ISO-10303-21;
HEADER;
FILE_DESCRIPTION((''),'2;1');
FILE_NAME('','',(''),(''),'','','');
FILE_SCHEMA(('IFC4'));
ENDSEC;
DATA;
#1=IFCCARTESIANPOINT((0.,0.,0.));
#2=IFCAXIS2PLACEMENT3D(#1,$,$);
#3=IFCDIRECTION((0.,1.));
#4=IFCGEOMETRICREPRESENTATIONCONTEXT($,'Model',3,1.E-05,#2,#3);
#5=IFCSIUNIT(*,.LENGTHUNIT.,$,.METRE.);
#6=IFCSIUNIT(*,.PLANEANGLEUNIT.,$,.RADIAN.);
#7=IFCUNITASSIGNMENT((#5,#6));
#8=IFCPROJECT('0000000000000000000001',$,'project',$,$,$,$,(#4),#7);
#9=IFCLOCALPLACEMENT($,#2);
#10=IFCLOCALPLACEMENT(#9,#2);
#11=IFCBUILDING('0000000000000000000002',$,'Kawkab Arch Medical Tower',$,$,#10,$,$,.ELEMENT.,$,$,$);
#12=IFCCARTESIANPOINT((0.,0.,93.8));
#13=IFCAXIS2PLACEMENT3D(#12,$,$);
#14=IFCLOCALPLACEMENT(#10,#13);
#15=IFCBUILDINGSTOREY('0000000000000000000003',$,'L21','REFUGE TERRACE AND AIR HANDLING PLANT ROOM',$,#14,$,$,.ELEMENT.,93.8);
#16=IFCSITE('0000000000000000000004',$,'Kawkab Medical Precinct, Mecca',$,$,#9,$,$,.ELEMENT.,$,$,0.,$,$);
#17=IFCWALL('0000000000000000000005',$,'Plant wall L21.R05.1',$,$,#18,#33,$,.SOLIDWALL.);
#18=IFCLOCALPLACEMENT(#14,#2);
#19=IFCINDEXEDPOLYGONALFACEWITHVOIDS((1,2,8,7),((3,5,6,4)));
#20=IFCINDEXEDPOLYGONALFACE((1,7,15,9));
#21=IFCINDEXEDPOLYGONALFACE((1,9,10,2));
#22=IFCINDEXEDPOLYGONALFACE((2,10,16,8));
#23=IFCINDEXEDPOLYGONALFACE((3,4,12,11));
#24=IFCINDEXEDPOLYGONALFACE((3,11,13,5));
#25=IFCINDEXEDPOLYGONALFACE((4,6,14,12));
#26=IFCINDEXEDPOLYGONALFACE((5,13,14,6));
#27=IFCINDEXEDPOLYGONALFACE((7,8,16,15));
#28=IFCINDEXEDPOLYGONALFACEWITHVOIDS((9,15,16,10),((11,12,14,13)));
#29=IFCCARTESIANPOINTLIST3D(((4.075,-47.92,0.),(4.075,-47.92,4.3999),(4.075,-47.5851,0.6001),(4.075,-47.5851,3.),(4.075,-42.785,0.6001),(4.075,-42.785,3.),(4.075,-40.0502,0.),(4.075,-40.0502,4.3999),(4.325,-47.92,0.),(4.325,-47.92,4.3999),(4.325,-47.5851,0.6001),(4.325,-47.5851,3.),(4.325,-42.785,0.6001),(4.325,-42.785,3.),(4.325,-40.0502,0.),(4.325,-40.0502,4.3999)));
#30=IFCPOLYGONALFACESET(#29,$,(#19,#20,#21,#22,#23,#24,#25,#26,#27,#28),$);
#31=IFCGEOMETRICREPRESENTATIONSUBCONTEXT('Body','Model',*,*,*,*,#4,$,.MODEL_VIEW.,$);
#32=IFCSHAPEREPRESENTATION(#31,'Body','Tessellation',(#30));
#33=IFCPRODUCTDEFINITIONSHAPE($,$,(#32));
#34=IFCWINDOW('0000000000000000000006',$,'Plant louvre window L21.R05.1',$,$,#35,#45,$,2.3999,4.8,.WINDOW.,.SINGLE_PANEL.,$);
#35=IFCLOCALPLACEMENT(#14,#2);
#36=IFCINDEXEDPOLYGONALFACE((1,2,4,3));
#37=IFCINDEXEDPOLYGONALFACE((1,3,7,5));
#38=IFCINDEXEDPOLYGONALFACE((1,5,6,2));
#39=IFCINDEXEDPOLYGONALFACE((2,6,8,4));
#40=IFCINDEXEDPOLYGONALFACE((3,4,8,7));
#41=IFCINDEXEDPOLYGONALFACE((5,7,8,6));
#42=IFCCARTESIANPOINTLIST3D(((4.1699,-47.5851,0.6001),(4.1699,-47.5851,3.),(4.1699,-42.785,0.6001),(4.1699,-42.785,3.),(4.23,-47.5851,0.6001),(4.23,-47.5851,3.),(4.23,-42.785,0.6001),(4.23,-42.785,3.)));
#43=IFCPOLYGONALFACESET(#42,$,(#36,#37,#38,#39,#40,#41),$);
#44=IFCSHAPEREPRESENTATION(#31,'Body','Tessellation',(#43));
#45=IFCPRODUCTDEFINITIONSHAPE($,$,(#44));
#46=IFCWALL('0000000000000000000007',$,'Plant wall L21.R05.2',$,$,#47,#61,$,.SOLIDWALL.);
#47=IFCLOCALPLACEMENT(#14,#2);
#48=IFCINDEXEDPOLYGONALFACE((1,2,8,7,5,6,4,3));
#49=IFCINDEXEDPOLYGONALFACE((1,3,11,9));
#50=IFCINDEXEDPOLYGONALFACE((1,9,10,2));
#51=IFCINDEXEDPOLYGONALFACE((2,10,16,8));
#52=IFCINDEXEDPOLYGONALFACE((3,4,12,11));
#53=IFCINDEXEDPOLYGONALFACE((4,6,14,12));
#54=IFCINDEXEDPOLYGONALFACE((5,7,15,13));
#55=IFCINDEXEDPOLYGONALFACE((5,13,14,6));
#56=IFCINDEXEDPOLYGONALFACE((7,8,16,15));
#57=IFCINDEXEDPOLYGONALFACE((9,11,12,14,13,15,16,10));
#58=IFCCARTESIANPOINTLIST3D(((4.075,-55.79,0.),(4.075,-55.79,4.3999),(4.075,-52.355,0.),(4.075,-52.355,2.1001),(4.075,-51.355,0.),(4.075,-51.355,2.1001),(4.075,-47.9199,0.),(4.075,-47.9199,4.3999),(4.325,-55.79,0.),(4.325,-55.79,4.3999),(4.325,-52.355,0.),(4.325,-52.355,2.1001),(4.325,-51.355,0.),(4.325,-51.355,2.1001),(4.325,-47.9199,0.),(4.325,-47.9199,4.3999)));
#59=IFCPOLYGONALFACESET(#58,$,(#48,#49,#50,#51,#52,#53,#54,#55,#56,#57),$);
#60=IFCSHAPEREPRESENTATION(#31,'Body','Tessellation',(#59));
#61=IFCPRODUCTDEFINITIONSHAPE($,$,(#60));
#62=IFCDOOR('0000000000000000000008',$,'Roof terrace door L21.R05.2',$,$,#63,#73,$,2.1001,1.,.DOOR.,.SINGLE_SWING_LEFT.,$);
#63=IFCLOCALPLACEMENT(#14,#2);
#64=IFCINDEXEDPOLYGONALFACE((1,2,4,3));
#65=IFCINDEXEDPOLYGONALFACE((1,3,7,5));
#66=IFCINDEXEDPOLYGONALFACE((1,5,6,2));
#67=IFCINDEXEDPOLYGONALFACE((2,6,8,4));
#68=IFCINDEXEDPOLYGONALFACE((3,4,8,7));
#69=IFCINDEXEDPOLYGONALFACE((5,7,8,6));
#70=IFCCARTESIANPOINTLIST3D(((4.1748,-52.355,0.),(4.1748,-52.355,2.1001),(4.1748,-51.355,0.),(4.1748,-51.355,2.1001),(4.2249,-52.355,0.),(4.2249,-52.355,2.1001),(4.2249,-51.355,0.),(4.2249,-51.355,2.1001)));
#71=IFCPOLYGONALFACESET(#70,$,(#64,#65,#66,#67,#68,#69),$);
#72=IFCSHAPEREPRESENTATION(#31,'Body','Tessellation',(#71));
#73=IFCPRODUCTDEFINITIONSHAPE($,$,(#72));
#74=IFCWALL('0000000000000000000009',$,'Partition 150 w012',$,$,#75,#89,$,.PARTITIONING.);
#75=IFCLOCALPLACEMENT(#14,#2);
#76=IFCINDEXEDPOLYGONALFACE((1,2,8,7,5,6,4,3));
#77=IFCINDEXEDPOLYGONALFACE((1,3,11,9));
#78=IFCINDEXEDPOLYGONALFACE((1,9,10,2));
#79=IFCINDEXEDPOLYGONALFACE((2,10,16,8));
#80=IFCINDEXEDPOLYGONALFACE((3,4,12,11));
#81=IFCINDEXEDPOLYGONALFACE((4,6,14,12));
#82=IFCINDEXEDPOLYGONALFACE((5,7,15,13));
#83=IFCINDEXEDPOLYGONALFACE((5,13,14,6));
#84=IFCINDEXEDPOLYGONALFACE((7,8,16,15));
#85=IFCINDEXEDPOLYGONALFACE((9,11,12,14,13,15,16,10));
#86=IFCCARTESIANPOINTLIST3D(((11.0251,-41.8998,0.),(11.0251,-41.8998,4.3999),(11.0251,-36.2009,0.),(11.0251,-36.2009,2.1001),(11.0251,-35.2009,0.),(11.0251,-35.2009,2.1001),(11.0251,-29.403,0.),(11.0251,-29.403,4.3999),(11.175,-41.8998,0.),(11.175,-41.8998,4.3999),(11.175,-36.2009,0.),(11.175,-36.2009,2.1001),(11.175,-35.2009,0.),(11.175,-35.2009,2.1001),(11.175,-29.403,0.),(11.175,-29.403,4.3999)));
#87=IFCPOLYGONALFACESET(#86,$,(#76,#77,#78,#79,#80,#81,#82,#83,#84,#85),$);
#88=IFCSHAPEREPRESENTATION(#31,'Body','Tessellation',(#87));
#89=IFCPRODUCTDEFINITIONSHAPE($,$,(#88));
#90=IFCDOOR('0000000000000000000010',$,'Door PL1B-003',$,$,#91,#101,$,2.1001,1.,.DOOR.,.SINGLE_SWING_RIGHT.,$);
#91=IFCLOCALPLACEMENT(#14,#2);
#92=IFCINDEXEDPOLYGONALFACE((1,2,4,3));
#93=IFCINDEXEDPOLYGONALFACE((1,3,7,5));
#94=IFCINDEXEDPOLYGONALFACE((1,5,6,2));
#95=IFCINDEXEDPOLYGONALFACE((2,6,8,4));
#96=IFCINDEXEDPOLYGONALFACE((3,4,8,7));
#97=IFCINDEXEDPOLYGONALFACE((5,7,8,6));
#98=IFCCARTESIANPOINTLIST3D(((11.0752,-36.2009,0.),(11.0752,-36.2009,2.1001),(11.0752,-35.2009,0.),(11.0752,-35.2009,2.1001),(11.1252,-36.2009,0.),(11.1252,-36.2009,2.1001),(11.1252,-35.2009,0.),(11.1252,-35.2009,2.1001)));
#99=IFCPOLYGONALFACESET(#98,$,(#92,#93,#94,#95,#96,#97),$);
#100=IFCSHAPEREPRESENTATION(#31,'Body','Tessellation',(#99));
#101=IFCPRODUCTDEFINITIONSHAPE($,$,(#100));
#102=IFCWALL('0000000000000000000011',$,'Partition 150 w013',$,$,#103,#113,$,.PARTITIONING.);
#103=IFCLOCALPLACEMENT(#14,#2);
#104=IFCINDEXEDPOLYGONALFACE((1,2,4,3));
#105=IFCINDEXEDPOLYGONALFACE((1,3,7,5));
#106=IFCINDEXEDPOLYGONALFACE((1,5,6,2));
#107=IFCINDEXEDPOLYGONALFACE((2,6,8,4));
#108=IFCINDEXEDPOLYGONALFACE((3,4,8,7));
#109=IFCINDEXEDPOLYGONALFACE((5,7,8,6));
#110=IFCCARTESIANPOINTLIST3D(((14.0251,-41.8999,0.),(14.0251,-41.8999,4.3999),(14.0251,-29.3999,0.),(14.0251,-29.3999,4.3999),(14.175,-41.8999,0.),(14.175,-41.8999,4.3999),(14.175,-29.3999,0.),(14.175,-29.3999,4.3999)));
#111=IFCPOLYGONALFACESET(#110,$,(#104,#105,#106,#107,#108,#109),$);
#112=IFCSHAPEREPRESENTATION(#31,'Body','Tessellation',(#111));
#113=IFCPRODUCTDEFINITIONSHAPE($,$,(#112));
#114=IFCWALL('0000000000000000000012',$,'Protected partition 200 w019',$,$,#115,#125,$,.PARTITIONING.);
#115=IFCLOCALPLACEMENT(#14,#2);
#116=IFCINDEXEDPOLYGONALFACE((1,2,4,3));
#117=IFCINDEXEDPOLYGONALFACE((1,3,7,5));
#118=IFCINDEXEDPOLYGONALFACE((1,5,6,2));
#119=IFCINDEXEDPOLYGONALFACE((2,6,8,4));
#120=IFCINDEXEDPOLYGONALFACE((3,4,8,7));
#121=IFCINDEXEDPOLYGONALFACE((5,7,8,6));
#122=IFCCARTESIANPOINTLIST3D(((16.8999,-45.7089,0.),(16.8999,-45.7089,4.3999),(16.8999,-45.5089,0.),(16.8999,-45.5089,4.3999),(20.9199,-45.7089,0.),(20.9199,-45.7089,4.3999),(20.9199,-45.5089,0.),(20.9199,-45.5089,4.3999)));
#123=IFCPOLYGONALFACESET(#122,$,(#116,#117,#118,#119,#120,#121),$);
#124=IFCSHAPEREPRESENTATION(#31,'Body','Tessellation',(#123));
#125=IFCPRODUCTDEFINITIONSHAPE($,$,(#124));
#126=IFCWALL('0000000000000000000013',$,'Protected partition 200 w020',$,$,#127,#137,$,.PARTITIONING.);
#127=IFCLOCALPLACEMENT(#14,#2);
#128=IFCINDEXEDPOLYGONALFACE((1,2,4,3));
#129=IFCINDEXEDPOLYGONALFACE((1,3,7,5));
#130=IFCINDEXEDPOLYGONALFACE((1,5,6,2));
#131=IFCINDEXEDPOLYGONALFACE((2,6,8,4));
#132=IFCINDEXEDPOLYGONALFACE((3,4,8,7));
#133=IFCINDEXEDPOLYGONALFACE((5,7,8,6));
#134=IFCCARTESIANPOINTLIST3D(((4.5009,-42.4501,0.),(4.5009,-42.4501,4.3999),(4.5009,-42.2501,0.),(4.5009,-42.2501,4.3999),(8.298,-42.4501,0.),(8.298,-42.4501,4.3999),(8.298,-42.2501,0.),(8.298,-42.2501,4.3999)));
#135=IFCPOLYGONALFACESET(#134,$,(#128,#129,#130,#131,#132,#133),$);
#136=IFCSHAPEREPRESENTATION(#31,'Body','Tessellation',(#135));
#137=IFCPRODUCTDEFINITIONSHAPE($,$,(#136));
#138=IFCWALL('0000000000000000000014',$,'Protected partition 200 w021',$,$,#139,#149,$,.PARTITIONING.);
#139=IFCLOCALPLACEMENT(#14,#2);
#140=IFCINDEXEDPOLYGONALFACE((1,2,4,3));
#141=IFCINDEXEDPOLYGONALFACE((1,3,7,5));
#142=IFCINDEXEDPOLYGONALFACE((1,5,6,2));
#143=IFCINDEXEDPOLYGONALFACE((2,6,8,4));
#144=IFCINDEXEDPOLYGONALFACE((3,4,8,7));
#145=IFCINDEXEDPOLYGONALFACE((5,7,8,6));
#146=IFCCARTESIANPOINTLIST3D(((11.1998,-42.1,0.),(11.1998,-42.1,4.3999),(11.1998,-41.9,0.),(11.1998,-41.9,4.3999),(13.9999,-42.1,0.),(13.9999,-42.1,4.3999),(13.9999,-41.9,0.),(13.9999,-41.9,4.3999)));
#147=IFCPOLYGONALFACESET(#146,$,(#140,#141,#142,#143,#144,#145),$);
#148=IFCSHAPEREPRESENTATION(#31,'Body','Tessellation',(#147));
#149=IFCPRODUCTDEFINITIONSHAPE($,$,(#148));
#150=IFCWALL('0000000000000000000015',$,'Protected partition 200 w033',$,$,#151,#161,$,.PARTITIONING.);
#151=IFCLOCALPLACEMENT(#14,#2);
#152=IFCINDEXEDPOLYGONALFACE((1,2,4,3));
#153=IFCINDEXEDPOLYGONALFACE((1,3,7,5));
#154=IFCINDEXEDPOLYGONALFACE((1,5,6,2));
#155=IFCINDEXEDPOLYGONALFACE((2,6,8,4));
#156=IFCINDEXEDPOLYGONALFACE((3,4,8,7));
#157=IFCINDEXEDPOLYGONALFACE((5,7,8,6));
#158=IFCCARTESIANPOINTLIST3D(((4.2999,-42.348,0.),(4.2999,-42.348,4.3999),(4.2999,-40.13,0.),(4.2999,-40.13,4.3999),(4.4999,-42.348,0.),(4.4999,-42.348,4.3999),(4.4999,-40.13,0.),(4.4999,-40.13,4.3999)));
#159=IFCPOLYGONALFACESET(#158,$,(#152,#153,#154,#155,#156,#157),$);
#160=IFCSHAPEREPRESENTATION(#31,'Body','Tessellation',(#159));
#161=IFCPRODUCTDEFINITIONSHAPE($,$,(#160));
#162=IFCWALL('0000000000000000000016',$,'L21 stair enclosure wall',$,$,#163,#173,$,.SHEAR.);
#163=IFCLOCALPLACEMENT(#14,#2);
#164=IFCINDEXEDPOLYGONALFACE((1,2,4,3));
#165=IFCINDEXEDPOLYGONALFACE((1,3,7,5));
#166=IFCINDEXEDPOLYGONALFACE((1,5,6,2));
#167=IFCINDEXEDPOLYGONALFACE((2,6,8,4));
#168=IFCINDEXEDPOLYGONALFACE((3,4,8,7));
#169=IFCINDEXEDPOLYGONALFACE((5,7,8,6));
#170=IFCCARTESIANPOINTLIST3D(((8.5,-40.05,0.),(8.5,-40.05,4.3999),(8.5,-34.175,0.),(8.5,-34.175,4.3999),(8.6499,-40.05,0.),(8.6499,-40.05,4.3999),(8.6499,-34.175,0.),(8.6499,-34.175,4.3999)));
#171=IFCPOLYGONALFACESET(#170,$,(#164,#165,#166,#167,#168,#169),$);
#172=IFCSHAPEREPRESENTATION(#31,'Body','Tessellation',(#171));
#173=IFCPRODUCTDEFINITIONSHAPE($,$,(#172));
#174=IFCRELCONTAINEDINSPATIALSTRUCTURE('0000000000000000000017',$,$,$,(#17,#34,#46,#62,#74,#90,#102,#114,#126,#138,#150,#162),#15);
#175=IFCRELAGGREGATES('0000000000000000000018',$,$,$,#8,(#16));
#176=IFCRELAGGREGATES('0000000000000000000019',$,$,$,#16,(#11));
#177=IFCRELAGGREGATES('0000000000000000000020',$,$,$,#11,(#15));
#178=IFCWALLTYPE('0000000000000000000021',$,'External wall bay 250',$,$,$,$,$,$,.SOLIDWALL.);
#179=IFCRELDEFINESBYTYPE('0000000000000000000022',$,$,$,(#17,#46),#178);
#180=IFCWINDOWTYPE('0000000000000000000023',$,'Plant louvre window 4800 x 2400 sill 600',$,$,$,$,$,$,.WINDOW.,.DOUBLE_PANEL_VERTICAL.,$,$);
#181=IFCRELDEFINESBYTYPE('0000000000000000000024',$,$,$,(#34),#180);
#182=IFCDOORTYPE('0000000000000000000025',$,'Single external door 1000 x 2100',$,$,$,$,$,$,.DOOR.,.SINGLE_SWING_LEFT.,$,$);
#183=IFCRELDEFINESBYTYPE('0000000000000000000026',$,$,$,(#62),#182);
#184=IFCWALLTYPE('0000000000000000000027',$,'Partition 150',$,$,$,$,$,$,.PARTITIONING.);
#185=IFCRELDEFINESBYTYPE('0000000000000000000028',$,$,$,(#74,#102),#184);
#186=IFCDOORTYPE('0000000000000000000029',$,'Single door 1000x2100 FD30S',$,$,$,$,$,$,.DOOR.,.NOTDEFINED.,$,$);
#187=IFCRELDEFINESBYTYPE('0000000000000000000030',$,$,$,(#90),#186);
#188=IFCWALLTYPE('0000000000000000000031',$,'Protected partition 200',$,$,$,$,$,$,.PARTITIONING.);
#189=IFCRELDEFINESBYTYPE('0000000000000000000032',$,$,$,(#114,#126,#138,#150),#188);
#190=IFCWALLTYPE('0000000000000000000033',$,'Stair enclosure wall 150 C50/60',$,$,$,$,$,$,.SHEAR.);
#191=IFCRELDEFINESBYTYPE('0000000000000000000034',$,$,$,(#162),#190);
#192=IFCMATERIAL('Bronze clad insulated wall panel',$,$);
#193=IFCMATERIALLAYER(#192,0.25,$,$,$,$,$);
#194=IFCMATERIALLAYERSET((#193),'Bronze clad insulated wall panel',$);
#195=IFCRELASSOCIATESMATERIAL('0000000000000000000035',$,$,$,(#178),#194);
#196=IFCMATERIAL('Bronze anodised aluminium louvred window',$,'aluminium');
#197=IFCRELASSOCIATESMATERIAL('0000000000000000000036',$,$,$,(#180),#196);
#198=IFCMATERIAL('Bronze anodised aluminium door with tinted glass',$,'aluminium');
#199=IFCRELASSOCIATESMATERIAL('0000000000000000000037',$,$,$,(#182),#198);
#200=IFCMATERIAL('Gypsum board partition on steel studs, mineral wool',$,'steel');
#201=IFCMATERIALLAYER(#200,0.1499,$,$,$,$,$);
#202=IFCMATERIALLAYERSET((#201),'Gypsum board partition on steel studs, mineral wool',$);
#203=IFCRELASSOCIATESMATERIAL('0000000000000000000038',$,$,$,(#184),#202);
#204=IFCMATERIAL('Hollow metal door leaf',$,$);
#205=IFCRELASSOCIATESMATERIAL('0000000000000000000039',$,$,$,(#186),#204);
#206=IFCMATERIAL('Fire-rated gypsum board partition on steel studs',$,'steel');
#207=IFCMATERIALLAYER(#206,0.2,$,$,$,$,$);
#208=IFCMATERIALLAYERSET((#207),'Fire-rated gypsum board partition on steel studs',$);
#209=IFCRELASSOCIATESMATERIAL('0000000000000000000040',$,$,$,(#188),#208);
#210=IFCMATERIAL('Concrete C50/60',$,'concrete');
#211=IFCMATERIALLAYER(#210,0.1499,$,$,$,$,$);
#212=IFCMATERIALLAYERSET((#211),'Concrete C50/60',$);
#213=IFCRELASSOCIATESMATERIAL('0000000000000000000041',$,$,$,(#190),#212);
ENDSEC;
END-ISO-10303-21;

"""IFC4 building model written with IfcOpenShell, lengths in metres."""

from ifc_helpers import new_model, si_unit, direction, frame, frame_2d, origin, place, context, subcontext, project, spatial, rectangle, extrude, material, layer, layer_set, type_object, element, fill, save


model = new_model("IFC4")

# Units and contexts
model_context = context("Model", 3, precision=1e-05, world=origin(), true_north=direction((0.0, 1.0)))
body_context = subcontext(model_context, "Body", "Model", "MODEL_VIEW")
ifc_project = project(units=[si_unit("LENGTHUNIT", "METRE"), si_unit("PLANEANGLEUNIT", "RADIAN")], contexts=[model_context])

# Site, building, storey
site_placement = place(None, origin())
site = spatial("IfcSite", under=ifc_project, at=site_placement, Name="Kawkab Medical Precinct, Mecca", CompositionType="ELEMENT", RefElevation=0.0)
building_placement = place(site_placement, origin())
building = spatial("IfcBuilding", under=site, at=building_placement, Name="Kawkab Arch Medical Tower", CompositionType="ELEMENT")
storey_placement = place(building_placement, frame((0.0, 0.0, 93.8)))
storey = spatial("IfcBuildingStorey", under=building, at=storey_placement, Name="L21", Description="REFUGE TERRACE AND AIR HANDLING PLANT ROOM", CompositionType="ELEMENT", Elevation=93.8)

# Wall, opening, window
ifc_material_1 = material(Name="Bronze clad insulated wall panel")
ifc_layer_1 = layer(ifc_material_1, 0.25)
ifc_layer_set_1 = layer_set([ifc_layer_1], Name="Bronze clad insulated wall panel")
wall_type_1 = type_object("IfcWallType", Name="External wall bay 250", PredefinedType="SOLIDWALL", material=ifc_layer_set_1)
wall_1_placement = place(storey_placement, frame((4.2, -40.05, 0.0), z_axis=(0.0, 0.0, 1.0), x_axis=(0.0, -1.0, 0.0)))
wall_1 = element("IfcWall", 1, at=wall_1_placement, inside=storey, type_object=wall_type_1, Name="Plant wall L21.R05.1", PredefinedType="SOLIDWALL", context=body_context, shape_type="SweptSolid", body=[
    extrude(rectangle(XDim=7.8699, YDim=0.25, at=frame_2d((3.9351, 0.0))), origin(), (0.0, 0.0, 1.0), 4.3999),
])
opening_1_placement = place(wall_1_placement, frame((2.7351, 0.0, 0.6001)))
opening_1 = element("IfcOpeningElement", 2, at=opening_1_placement, cuts=wall_1, PredefinedType="OPENING", context=body_context, shape_type="SweptSolid", body=[
    extrude(rectangle(XDim=4.8, YDim=2.3999, at=frame_2d((2.3999, 1.2))), frame((0.0, 0.135, 0.0), z_axis=(0.0, -1.0, 0.0), x_axis=(1.0, 0.0, 0.0)), (0.0, 0.0, 1.0), 0.27),
])
ifc_material_2 = material(Name="Bronze anodised aluminium louvred window", Category="aluminium")
window_type = type_object("IfcWindowType", Name="Plant louvre window 4800 x 2400 sill 600", PartitioningType="DOUBLE_PANEL_VERTICAL", PredefinedType="WINDOW", material=ifc_material_2)
window_placement = place(opening_1_placement, origin())
window = element("IfcWindow", 3, at=window_placement, inside=storey, type_object=window_type, Name="Plant louvre window L21.R05.1", OverallHeight=2.3999, OverallWidth=4.8, PartitioningType="SINGLE_PANEL", PredefinedType="WINDOW", context=body_context, shape_type="SweptSolid", body=[
    extrude(rectangle(XDim=4.8, YDim=2.3999, at=frame_2d((2.3999, 1.2))), frame((0.0, 0.03, 0.0), z_axis=(0.0, -1.0, 0.0), x_axis=(1.0, 0.0, 0.0)), (0.0, 0.0, 1.0), 0.0601),
])
fill(opening_1, window)

# Walls, openings, doors
wall_2_placement = place(storey_placement, frame((4.2, -47.9199, 0.0), z_axis=(0.0, 0.0, 1.0), x_axis=(0.0, -1.0, 0.0)))
wall_2 = element("IfcWall", 4, at=wall_2_placement, inside=storey, type_object=wall_type_1, Name="Plant wall L21.R05.2", PredefinedType="SOLIDWALL", context=body_context, shape_type="SweptSolid", body=[
    extrude(rectangle(XDim=7.8701, YDim=0.25, at=frame_2d((3.9351, 0.0))), origin(), (0.0, 0.0, 1.0), 4.3999),
])
opening_2_placement = place(wall_2_placement, frame((3.4351, 0.0, 0.0)))
opening_2 = element("IfcOpeningElement", 5, at=opening_2_placement, cuts=wall_2, PredefinedType="OPENING", context=body_context, shape_type="SweptSolid", body=[
    extrude(rectangle(XDim=1.0, YDim=2.1001, at=frame_2d((0.5, 1.05))), frame((0.0, 0.135, 0.0), z_axis=(0.0, -1.0, 0.0), x_axis=(1.0, 0.0, 0.0)), (0.0, 0.0, 1.0), 0.27),
])
ifc_material_3 = material(Name="Bronze anodised aluminium door with tinted glass", Category="aluminium")
door_type_1 = type_object("IfcDoorType", Name="Single external door 1000 x 2100", OperationType="SINGLE_SWING_LEFT", PredefinedType="DOOR", material=ifc_material_3)
door_1_placement = place(opening_2_placement, origin())
door_1 = element("IfcDoor", 6, at=door_1_placement, inside=storey, type_object=door_type_1, Name="Roof terrace door L21.R05.2", OperationType="SINGLE_SWING_LEFT", OverallHeight=2.1001, OverallWidth=1.0, PredefinedType="DOOR", context=body_context, shape_type="SweptSolid", body=[
    extrude(rectangle(XDim=1.0, YDim=2.1001, at=frame_2d((0.5, 1.05))), frame((0.0, 0.0249, 0.0), z_axis=(0.0, -1.0, 0.0), x_axis=(1.0, 0.0, 0.0)), (0.0, 0.0, 1.0), 0.05),
])
fill(opening_2, door_1)
ifc_material_4 = material(Name="Gypsum board partition on steel studs, mineral wool", Category="steel")
ifc_layer_2 = layer(ifc_material_4, 0.1499)
ifc_layer_set_2 = layer_set([ifc_layer_2], Name="Gypsum board partition on steel studs, mineral wool")
wall_type_2 = type_object("IfcWallType", Name="Partition 150", PredefinedType="PARTITIONING", material=ifc_layer_set_2)
wall_3_placement = place(storey_placement, frame((11.1001, -41.8999, 0.0), z_axis=(0.0, 0.0, 1.0), x_axis=(0.0, 1.0, 0.0)))
wall_3 = element("IfcWall", 7, at=wall_3_placement, inside=storey, type_object=wall_type_2, Name="Partition 150 w012", PredefinedType="PARTITIONING", context=body_context, shape_type="SweptSolid", body=[
    extrude(rectangle(XDim=12.4968, YDim=0.1499, at=frame_2d((6.2485, 0.0))), origin(), (0.0, 0.0, 1.0), 4.3999),
])
opening_3_placement = place(wall_3_placement, frame((5.699, 0.0, 0.0)))
opening_3 = element("IfcOpeningElement", 8, at=opening_3_placement, cuts=wall_3, PredefinedType="OPENING", context=body_context, shape_type="SweptSolid", body=[
    extrude(rectangle(XDim=1.0, YDim=2.1001, at=frame_2d((0.5, 1.05))), frame((0.0, 0.085, 0.0), z_axis=(0.0, -1.0, 0.0), x_axis=(1.0, 0.0, 0.0)), (0.0, 0.0, 1.0), 0.1699),
])
ifc_material_5 = material(Name="Hollow metal door leaf")
door_type_2 = type_object("IfcDoorType", Name="Single door 1000x2100 FD30S", OperationType="NOTDEFINED", PredefinedType="DOOR", material=ifc_material_5)
door_2_placement = place(opening_3_placement, origin())
door_2 = element("IfcDoor", 9, at=door_2_placement, inside=storey, type_object=door_type_2, Name="Door PL1B-003", OperationType="SINGLE_SWING_RIGHT", OverallHeight=2.1001, OverallWidth=1.0, PredefinedType="DOOR", context=body_context, shape_type="SweptSolid", body=[
    extrude(rectangle(XDim=1.0, YDim=2.1001, at=frame_2d((0.5, 1.05))), frame((0.0, 0.0249, 0.0), z_axis=(0.0, -1.0, 0.0), x_axis=(1.0, 0.0, 0.0)), (0.0, 0.0, 1.0), 0.05),
])
fill(opening_3, door_2)

# Walls
wall_4_placement = place(storey_placement, frame((14.1001, -41.8999, 0.0), z_axis=(0.0, 0.0, 1.0), x_axis=(0.0, 1.0, 0.0)))
element("IfcWall", 10, at=wall_4_placement, inside=storey, type_object=wall_type_2, Name="Partition 150 w013", PredefinedType="PARTITIONING", context=body_context, shape_type="SweptSolid", body=[
    extrude(rectangle(XDim=12.5, YDim=0.1499, at=frame_2d((6.25, 0.0))), origin(), (0.0, 0.0, 1.0), 4.3999),
])
ifc_material_6 = material(Name="Fire-rated gypsum board partition on steel studs", Category="steel")
ifc_layer_3 = layer(ifc_material_6, 0.2)
ifc_layer_set_3 = layer_set([ifc_layer_3], Name="Fire-rated gypsum board partition on steel studs")
wall_type_3 = type_object("IfcWallType", Name="Protected partition 200", PredefinedType="PARTITIONING", material=ifc_layer_set_3)
wall_5_placement = place(storey_placement, frame((16.8999, -45.6089, 0.0), z_axis=(0.0, 0.0, 1.0), x_axis=(1.0, 0.0, 0.0)))
element("IfcWall", 11, at=wall_5_placement, inside=storey, type_object=wall_type_3, Name="Protected partition 200 w019", PredefinedType="PARTITIONING", context=body_context, shape_type="SweptSolid", body=[
    extrude(rectangle(XDim=4.02, YDim=0.2, at=frame_2d((2.01, 0.0))), origin(), (0.0, 0.0, 1.0), 4.3999),
])
wall_6_placement = place(storey_placement, frame((4.501, -42.3501, 0.0), z_axis=(0.0, 0.0, 1.0), x_axis=(1.0, 0.0, 0.0)))
element("IfcWall", 12, at=wall_6_placement, inside=storey, type_object=wall_type_3, Name="Protected partition 200 w020", PredefinedType="PARTITIONING", context=body_context, shape_type="SweptSolid", body=[
    extrude(rectangle(XDim=3.7971, YDim=0.2, at=frame_2d((1.8984, 0.0))), origin(), (0.0, 0.0, 1.0), 4.3999),
])
wall_7_placement = place(storey_placement, frame((11.2, -42.0, 0.0), z_axis=(0.0, 0.0, 1.0), x_axis=(1.0, 0.0, 0.0)))
element("IfcWall", 13, at=wall_7_placement, inside=storey, type_object=wall_type_3, Name="Protected partition 200 w021", PredefinedType="PARTITIONING", context=body_context, shape_type="SweptSolid", body=[
    extrude(rectangle(XDim=2.8, YDim=0.2, at=frame_2d((1.3999, 0.0))), origin(), (0.0, 0.0, 1.0), 4.3999),
])
wall_8_placement = place(storey_placement, frame((4.3999, -42.3479, 0.0), z_axis=(0.0, 0.0, 1.0), x_axis=(0.0, 1.0, 0.0)))
element("IfcWall", 14, at=wall_8_placement, inside=storey, type_object=wall_type_3, Name="Protected partition 200 w033", PredefinedType="PARTITIONING", context=body_context, shape_type="SweptSolid", body=[
    extrude(rectangle(XDim=2.218, YDim=0.2, at=frame_2d((1.1089, 0.0))), origin(), (0.0, 0.0, 1.0), 4.3999),
])
ifc_material_7 = material(Name="Concrete C50/60", Category="concrete")
ifc_layer_4 = layer(ifc_material_7, 0.1499)
ifc_layer_set_4 = layer_set([ifc_layer_4], Name="Concrete C50/60")
wall_type_4 = type_object("IfcWallType", Name="Stair enclosure wall 150 C50/60", PredefinedType="SHEAR", material=ifc_layer_set_4)
wall_9_placement = place(storey_placement, frame((8.575, -40.05, 0.0), z_axis=(0.0, 0.0, 1.0), x_axis=(0.0, 1.0, 0.0)))
element("IfcWall", 15, at=wall_9_placement, inside=storey, type_object=wall_type_4, Name="L21 stair enclosure wall", PredefinedType="SHEAR", context=body_context, shape_type="SweptSolid", body=[
    extrude(rectangle(XDim=5.875, YDim=0.1499, at=frame_2d((2.9375, 0.0))), origin(), (0.0, 0.0, 1.0), 4.3999),
])

save(model, "model.ifc")
